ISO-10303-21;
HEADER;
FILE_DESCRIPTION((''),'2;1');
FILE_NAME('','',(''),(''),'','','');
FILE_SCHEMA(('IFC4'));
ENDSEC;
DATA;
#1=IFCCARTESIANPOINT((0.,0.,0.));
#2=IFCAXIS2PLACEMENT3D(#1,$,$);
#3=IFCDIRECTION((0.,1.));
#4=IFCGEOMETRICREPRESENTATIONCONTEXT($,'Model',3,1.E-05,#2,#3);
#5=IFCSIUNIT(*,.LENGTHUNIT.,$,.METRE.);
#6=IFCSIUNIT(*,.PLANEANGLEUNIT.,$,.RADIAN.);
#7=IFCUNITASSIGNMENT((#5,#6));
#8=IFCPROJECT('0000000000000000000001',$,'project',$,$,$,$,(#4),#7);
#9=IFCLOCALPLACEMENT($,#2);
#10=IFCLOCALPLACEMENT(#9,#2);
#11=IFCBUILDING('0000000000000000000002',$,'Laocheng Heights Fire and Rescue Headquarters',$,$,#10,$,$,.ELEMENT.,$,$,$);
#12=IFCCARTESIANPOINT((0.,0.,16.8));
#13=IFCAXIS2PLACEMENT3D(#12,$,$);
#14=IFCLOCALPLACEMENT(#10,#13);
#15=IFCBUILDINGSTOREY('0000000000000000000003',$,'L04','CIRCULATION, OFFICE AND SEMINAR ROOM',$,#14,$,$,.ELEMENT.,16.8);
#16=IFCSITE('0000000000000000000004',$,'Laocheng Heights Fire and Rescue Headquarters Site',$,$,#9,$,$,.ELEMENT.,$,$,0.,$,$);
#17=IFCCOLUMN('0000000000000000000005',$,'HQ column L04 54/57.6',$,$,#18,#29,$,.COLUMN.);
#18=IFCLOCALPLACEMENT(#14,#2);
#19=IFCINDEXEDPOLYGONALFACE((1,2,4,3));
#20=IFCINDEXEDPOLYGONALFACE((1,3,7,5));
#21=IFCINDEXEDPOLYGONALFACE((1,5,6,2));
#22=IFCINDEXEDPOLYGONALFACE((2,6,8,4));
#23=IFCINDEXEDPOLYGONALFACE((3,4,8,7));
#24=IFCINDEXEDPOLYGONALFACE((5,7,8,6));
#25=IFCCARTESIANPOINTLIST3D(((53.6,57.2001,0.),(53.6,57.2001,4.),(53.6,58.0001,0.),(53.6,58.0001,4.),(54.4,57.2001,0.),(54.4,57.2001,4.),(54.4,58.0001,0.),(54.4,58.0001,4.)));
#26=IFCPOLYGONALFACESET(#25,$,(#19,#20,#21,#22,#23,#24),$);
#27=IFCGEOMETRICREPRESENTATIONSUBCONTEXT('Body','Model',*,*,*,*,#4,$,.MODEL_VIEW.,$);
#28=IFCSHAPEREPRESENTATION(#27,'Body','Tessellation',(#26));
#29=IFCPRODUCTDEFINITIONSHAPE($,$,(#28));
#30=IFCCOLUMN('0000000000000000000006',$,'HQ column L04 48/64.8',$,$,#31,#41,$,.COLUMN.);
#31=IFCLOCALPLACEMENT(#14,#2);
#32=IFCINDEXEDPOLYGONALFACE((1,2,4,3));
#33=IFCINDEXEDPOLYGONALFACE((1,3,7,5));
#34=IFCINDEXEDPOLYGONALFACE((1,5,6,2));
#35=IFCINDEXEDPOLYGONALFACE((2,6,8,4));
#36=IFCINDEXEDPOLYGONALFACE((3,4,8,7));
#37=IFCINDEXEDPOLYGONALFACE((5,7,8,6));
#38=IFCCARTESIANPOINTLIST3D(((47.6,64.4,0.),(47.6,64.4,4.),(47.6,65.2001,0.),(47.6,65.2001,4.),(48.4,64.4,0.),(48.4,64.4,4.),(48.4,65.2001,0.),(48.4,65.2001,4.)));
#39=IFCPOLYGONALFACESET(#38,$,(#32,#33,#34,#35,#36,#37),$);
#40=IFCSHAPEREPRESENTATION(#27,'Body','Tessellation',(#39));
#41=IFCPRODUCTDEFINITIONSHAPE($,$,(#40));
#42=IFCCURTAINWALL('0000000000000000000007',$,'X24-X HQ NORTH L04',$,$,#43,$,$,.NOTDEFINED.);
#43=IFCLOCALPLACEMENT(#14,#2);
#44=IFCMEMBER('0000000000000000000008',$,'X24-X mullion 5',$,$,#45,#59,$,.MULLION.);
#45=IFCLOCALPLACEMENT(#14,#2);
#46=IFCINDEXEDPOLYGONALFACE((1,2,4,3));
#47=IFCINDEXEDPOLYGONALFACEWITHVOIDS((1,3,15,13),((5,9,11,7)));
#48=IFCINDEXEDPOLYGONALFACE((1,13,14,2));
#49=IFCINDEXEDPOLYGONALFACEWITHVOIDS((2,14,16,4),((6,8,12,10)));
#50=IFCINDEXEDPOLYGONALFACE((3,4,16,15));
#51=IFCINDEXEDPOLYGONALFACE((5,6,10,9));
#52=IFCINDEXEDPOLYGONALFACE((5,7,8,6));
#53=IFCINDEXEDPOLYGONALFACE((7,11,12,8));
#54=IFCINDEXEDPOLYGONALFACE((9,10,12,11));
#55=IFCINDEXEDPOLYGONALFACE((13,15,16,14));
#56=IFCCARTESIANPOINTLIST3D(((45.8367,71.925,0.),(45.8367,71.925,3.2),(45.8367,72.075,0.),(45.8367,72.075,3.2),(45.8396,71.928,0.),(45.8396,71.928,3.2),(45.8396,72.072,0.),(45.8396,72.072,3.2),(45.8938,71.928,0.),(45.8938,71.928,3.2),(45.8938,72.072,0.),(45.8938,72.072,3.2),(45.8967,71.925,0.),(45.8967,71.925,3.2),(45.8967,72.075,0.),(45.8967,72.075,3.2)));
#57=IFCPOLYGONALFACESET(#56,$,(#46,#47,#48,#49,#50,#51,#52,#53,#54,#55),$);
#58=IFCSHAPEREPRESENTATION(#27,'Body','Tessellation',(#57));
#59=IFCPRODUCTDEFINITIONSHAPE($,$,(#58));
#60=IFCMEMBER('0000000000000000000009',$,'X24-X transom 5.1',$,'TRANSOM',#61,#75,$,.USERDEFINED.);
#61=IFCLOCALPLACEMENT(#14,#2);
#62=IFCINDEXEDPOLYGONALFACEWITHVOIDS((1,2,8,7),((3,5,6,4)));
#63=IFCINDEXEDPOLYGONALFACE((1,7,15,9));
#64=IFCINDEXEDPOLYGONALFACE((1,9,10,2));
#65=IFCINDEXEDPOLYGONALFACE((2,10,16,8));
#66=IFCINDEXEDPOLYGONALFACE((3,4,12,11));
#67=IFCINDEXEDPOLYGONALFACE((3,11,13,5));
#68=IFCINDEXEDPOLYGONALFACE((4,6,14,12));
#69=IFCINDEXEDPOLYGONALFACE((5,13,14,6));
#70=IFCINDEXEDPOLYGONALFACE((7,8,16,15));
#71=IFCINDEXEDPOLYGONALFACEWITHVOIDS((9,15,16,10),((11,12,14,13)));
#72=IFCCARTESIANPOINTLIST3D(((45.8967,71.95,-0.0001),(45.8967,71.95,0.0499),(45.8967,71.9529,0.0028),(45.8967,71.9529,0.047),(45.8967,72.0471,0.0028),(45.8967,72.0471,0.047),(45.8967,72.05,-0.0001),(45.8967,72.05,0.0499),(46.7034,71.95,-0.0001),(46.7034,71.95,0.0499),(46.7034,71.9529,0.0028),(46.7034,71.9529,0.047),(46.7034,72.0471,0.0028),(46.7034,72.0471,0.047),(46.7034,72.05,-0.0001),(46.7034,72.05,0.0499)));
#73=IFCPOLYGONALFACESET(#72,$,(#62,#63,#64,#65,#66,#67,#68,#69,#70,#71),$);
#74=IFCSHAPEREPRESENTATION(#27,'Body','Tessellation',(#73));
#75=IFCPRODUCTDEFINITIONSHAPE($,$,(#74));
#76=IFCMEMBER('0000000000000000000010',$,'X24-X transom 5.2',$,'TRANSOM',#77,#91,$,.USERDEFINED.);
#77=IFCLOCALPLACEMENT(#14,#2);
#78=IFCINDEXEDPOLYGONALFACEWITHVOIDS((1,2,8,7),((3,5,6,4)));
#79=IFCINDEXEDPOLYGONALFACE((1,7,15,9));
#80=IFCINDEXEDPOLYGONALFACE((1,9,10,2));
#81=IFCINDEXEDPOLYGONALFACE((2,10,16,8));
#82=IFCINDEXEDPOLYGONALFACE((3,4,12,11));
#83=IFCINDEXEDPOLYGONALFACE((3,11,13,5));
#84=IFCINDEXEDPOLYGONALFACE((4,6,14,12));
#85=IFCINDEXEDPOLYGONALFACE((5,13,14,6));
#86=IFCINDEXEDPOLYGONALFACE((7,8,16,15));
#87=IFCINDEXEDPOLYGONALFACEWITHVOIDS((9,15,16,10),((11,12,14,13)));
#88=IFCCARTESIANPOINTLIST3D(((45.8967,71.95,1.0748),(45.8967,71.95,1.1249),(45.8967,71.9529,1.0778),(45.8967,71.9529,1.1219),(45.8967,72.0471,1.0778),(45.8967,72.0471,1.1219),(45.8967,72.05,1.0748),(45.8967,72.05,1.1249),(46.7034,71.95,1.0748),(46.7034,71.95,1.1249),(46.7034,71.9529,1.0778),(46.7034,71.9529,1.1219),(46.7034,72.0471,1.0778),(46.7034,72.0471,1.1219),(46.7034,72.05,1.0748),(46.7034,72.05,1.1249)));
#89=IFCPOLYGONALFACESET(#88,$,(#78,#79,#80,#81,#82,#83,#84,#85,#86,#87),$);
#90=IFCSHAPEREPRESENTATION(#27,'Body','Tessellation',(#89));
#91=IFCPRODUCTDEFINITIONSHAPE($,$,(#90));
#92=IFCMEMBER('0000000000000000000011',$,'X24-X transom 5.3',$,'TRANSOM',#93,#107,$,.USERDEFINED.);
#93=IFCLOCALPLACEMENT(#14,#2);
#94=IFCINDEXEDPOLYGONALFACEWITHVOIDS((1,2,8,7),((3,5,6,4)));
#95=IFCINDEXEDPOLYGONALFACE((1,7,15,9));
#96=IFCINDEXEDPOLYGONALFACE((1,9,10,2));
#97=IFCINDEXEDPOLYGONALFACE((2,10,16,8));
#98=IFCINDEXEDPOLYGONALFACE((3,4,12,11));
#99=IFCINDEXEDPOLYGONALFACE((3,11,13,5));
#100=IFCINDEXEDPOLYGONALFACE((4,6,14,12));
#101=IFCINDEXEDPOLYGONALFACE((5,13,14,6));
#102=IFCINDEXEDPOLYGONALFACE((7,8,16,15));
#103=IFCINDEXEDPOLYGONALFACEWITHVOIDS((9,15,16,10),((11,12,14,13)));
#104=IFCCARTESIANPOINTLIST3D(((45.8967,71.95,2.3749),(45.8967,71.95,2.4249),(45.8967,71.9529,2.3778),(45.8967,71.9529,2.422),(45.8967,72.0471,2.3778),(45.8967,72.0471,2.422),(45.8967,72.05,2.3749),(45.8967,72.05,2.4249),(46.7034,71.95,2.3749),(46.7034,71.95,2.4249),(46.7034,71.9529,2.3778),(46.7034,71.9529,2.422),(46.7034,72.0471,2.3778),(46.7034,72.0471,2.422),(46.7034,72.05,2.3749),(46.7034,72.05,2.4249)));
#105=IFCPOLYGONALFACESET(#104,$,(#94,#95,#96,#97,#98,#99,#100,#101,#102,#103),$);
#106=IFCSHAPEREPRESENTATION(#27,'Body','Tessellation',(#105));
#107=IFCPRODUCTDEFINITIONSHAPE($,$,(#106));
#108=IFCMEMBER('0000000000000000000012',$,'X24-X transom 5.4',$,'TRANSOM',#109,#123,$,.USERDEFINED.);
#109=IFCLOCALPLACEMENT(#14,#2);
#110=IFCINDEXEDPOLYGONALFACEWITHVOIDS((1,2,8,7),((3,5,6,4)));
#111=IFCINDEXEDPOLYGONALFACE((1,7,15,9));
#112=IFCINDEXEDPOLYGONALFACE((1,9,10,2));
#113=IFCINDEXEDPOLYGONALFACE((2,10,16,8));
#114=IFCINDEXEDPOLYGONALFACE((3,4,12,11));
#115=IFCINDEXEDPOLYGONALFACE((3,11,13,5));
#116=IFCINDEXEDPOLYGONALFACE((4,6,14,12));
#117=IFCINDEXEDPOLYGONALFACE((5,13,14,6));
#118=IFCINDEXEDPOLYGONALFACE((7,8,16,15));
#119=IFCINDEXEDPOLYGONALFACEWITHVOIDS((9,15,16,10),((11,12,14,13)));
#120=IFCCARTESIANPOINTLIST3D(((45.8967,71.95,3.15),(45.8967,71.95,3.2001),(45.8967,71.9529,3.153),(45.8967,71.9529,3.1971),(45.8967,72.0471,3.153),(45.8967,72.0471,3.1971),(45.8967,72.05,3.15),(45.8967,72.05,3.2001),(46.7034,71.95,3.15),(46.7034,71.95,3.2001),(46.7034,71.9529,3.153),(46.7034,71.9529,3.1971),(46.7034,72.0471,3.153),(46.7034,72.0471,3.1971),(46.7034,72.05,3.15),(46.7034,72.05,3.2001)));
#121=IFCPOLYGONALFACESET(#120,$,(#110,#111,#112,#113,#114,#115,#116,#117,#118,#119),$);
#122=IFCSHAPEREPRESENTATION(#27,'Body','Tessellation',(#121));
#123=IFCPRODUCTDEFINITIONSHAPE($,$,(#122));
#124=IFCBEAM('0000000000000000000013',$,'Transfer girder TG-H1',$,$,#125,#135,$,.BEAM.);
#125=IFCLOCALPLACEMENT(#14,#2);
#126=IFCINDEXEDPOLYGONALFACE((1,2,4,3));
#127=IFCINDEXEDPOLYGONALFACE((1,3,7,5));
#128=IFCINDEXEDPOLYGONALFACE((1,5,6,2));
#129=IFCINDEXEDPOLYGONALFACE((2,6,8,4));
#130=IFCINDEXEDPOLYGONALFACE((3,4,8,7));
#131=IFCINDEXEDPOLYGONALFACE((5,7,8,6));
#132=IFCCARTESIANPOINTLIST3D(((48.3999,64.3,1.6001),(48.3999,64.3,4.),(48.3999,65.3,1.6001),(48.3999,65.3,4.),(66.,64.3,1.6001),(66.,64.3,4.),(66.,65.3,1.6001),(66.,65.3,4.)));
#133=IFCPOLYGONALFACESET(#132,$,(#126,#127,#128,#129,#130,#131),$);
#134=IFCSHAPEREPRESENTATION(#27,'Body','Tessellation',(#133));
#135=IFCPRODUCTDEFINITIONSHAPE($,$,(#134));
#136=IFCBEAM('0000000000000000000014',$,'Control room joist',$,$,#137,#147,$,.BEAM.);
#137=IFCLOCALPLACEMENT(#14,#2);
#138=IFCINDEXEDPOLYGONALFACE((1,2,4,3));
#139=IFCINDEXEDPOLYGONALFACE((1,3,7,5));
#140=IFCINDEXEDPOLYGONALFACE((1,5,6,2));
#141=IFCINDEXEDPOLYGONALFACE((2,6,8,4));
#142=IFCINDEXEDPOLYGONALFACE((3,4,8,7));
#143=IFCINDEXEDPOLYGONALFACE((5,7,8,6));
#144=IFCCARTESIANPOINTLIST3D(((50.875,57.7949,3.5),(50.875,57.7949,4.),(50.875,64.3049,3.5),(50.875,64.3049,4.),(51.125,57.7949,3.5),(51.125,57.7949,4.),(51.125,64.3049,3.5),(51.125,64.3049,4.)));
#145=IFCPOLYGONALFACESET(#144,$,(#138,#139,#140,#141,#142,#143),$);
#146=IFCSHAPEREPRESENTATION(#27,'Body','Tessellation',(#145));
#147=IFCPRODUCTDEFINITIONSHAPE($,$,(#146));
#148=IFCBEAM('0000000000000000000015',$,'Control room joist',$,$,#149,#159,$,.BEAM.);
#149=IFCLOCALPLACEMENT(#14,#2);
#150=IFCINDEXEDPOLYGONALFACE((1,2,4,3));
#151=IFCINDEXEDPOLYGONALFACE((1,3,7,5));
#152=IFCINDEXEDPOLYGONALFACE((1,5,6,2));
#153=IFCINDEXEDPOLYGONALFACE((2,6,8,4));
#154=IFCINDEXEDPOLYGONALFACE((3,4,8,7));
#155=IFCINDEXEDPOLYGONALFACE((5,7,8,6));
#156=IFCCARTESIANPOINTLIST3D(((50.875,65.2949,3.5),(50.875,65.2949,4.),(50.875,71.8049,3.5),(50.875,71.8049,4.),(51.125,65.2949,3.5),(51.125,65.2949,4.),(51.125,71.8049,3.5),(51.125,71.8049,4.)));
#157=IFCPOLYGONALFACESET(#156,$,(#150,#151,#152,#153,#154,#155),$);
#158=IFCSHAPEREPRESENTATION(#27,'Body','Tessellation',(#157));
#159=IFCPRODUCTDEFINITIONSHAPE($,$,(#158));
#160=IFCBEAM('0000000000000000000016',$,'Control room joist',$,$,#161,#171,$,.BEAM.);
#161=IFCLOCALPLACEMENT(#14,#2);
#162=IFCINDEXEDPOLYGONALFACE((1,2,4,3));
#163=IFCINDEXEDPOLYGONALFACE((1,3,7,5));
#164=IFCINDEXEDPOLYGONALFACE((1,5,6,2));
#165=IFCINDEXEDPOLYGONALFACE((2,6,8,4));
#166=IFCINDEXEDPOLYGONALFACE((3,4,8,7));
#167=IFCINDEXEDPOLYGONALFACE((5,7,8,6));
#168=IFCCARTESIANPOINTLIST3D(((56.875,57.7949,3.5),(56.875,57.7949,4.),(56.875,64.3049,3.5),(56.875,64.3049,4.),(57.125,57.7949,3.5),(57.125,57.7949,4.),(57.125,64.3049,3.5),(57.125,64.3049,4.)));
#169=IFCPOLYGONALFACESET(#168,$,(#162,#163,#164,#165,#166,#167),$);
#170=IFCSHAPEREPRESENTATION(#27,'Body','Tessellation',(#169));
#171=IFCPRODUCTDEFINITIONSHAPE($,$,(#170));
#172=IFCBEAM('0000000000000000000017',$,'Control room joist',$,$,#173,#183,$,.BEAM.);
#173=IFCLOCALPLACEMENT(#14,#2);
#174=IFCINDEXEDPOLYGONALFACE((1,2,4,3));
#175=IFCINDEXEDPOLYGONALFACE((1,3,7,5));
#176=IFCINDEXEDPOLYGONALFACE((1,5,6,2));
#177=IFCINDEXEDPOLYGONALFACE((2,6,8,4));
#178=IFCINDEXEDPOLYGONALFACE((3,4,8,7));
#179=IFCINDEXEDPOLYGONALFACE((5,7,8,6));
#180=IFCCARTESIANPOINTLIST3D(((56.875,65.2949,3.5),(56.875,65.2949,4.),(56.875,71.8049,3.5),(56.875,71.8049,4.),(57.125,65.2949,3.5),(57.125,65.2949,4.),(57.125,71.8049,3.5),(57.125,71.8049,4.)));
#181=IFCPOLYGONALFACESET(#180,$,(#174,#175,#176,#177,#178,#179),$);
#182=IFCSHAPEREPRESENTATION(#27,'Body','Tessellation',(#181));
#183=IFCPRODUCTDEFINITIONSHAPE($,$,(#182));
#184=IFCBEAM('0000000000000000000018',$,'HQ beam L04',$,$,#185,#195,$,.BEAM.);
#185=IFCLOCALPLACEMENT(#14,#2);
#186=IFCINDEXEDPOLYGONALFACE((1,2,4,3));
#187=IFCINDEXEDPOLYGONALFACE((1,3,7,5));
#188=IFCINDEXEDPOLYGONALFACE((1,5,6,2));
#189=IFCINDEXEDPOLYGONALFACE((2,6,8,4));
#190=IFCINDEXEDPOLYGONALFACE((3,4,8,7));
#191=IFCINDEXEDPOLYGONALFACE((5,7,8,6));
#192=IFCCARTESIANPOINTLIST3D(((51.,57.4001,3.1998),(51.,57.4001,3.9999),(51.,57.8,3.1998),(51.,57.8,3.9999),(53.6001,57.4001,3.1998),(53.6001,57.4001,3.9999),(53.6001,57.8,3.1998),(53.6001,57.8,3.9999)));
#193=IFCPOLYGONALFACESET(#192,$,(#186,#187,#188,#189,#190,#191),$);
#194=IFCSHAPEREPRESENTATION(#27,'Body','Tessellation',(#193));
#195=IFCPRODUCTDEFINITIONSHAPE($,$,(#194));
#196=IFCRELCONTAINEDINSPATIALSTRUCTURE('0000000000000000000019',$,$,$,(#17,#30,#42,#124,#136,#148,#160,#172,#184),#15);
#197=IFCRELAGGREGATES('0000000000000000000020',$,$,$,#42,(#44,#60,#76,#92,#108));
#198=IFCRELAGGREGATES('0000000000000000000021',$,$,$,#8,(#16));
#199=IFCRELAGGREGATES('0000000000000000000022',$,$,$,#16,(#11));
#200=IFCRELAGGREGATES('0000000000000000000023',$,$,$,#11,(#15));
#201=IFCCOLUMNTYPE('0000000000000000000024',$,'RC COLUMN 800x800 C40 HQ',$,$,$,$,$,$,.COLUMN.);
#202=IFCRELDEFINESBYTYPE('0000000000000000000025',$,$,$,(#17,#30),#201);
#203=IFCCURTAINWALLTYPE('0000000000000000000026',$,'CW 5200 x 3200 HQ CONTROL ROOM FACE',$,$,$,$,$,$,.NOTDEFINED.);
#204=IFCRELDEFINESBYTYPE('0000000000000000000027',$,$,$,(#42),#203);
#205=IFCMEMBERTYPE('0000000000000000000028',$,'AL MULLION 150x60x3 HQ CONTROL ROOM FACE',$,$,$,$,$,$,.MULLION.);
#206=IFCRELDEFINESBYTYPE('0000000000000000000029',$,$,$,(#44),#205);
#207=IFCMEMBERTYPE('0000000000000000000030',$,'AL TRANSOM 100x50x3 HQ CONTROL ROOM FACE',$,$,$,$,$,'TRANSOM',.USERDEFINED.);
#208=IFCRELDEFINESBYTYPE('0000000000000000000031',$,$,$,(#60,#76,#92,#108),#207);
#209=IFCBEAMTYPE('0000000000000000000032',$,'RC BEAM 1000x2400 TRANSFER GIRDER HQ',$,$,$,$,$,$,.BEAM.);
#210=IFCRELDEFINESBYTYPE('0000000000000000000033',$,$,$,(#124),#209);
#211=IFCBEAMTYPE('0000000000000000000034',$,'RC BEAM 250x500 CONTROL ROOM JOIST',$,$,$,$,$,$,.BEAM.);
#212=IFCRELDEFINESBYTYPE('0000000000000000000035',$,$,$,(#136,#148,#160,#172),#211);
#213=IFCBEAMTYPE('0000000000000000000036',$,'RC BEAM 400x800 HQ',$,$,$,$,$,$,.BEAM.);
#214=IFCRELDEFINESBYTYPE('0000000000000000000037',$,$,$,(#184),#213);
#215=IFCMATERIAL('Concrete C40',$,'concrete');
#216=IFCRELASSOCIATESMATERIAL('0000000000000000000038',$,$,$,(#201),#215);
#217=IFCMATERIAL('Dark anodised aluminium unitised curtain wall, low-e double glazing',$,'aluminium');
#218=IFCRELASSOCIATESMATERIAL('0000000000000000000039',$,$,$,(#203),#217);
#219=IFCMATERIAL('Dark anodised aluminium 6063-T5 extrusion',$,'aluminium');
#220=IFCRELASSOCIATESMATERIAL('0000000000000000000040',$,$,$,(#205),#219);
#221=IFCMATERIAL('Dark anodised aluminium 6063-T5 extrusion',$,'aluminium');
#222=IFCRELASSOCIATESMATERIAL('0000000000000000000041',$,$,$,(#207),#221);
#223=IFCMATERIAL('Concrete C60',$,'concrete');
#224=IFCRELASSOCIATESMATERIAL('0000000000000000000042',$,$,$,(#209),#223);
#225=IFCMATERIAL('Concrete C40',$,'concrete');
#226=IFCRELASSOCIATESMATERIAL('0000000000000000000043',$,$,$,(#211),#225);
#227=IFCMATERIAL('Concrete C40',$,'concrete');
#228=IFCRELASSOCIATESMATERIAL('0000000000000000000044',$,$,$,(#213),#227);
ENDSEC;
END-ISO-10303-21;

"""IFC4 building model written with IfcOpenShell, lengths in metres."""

from ifc_helpers import new_model, si_unit, direction, frame, origin, origin_2d, place, context, subcontext, project, spatial, rectangle, hollow_rectangle, extrude, material, material_profile, profile_set, type_object, element, aggregate, save


model = new_model("IFC4")

# Units and contexts
model_context = context("Model", 3, precision=1e-05, world=origin(), true_north=direction((0.0, 1.0)))
body_context = subcontext(model_context, "Body", "Model", "MODEL_VIEW")
ifc_project = project(units=[si_unit("LENGTHUNIT", "METRE"), si_unit("PLANEANGLEUNIT", "RADIAN")], contexts=[model_context])

# Site, building, storey
site_placement = place(None, origin())
site = spatial("IfcSite", under=ifc_project, at=site_placement, Name="Laocheng Heights Fire and Rescue Headquarters Site", CompositionType="ELEMENT", RefElevation=0.0)
building_placement = place(site_placement, origin())
building = spatial("IfcBuilding", under=site, at=building_placement, Name="Laocheng Heights Fire and Rescue Headquarters", CompositionType="ELEMENT")
storey_placement = place(building_placement, frame((0.0, 0.0, 16.8)))
storey = spatial("IfcBuildingStorey", under=building, at=storey_placement, Name="L04", Description="CIRCULATION, OFFICE AND SEMINAR ROOM", CompositionType="ELEMENT", Elevation=16.8)

# Columns
ifc_material_1 = material(Name="Concrete C40", Category="concrete")
ifc_material_profile_1 = material_profile(ifc_material_1, rectangle(XDim=0.8, YDim=0.8, at=origin_2d()), Name="RC COLUMN 800x800 C40 HQ")
ifc_profile_set_1 = profile_set([ifc_material_profile_1], Name="Concrete C40")
column_type = type_object("IfcColumnType", Name="RC COLUMN 800x800 C40 HQ", PredefinedType="COLUMN", material=ifc_profile_set_1)
for number, where, z_axis, x_axis, name in (
    (1, (54.0, 57.6001, 0.0), (0.0, 0.0, 1.0), (1.0, 0.0, 0.0), "HQ column L04 54/57.6"),
    (2, (48.0, 64.8, 0.0), (0.0, 0.0, 1.0), (1.0, 0.0, 0.0), "HQ column L04 48/64.8"),
):
    element("IfcColumn", number, at=place(storey_placement, frame(where, z_axis=z_axis, x_axis=x_axis)), inside=storey, type_object=column_type, Name=name, PredefinedType="COLUMN", context=body_context, shape_type="SweptSolid", body=[
        extrude(rectangle(XDim=0.8, YDim=0.8, at=origin_2d()), origin(), (0.0, 0.0, 1.0), 4.0),
    ])

# Curtain wall, members
ifc_material_2 = material(Name="Dark anodised aluminium unitised curtain wall, low-e double glazing", Category="aluminium")
curtain_wall_type = type_object("IfcCurtainWallType", Name="CW 5200 x 3200 HQ CONTROL ROOM FACE", PredefinedType="NOTDEFINED", material=ifc_material_2)
curtain_wall_placement = place(storey_placement, origin())
curtain_wall = element("IfcCurtainWall", 3, at=curtain_wall_placement, inside=storey, type_object=curtain_wall_type, Name="X24-X HQ NORTH L04", PredefinedType="NOTDEFINED")
ifc_material_3 = material(Name="Dark anodised aluminium 6063-T5 extrusion", Category="aluminium")
ifc_material_profile_2 = material_profile(ifc_material_3, hollow_rectangle(XDim=0.1499, YDim=0.0601, WallThickness=0.0029, at=origin_2d()), Name="AL MULLION 150x60x3 HQ CONTROL ROOM FACE")
ifc_profile_set_2 = profile_set([ifc_material_profile_2], Name="Dark anodised aluminium 6063-T5 extrusion")
member_type_1 = type_object("IfcMemberType", Name="AL MULLION 150x60x3 HQ CONTROL ROOM FACE", PredefinedType="MULLION", material=ifc_profile_set_2)
member_1_placement = place(storey_placement, frame((45.8667, 72.0, 0.0), z_axis=(0.0, 0.0, 1.0), x_axis=(0.0, 1.0, 0.0)))
member_1 = element("IfcMember", 4, at=member_1_placement, type_object=member_type_1, Name="X24-X mullion 5", PredefinedType="MULLION", context=body_context, shape_type="SweptSolid", body=[
    extrude(hollow_rectangle(XDim=0.1499, YDim=0.0601, WallThickness=0.0029, at=origin_2d()), origin(), (0.0, 0.0, 1.0), 3.2),
])
ifc_material_4 = material(Name="Dark anodised aluminium 6063-T5 extrusion", Category="aluminium")
ifc_material_profile_3 = material_profile(ifc_material_4, hollow_rectangle(XDim=0.1001, YDim=0.05, WallThickness=0.0029, at=origin_2d()), Name="AL TRANSOM 100x50x3 HQ CONTROL ROOM FACE")
ifc_profile_set_3 = profile_set([ifc_material_profile_3], Name="Dark anodised aluminium 6063-T5 extrusion")
member_type_2 = type_object("IfcMemberType", Name="AL TRANSOM 100x50x3 HQ CONTROL ROOM FACE", ElementType="TRANSOM", PredefinedType="USERDEFINED", material=ifc_profile_set_3)
member_2_placement = place(storey_placement, frame((45.8967, 72.0, 0.0249), z_axis=(1.0, 0.0, 0.0), x_axis=(0.0, 1.0, 0.0)))
member_2 = element("IfcMember", 5, at=member_2_placement, type_object=member_type_2, Name="X24-X transom 5.1", ObjectType="TRANSOM", PredefinedType="USERDEFINED", context=body_context, shape_type="SweptSolid", body=[
    extrude(hollow_rectangle(XDim=0.1001, YDim=0.05, WallThickness=0.0029, at=origin_2d()), origin(), (0.0, 0.0, 1.0), 0.8066),
])
member_3_placement = place(storey_placement, frame((45.8967, 72.0, 1.0999), z_axis=(1.0, 0.0, 0.0), x_axis=(0.0, 1.0, 0.0)))
member_3 = element("IfcMember", 6, at=member_3_placement, type_object=member_type_2, Name="X24-X transom 5.2", ObjectType="TRANSOM", PredefinedType="USERDEFINED", context=body_context, shape_type="SweptSolid", body=[
    extrude(hollow_rectangle(XDim=0.1001, YDim=0.05, WallThickness=0.0029, at=origin_2d()), origin(), (0.0, 0.0, 1.0), 0.8066),
])
member_4_placement = place(storey_placement, frame((45.8967, 72.0, 2.3999), z_axis=(1.0, 0.0, 0.0), x_axis=(0.0, 1.0, 0.0)))
member_4 = element("IfcMember", 7, at=member_4_placement, type_object=member_type_2, Name="X24-X transom 5.3", ObjectType="TRANSOM", PredefinedType="USERDEFINED", context=body_context, shape_type="SweptSolid", body=[
    extrude(hollow_rectangle(XDim=0.1001, YDim=0.05, WallThickness=0.0029, at=origin_2d()), origin(), (0.0, 0.0, 1.0), 0.8066),
])
member_5_placement = place(storey_placement, frame((45.8967, 72.0, 3.175), z_axis=(1.0, 0.0, 0.0), x_axis=(0.0, 1.0, 0.0)))
member_5 = element("IfcMember", 8, at=member_5_placement, type_object=member_type_2, Name="X24-X transom 5.4", ObjectType="TRANSOM", PredefinedType="USERDEFINED", context=body_context, shape_type="SweptSolid", body=[
    extrude(hollow_rectangle(XDim=0.1001, YDim=0.05, WallThickness=0.0029, at=origin_2d()), origin(), (0.0, 0.0, 1.0), 0.8066),
])
aggregate(curtain_wall, [member_1, member_2, member_3, member_4, member_5])

# Beams
ifc_material_5 = material(Name="Concrete C60", Category="concrete")
ifc_material_profile_4 = material_profile(ifc_material_5, rectangle(XDim=1.0, YDim=2.3999, at=origin_2d()), Name="RC BEAM 1000x2400 TRANSFER GIRDER HQ")
ifc_profile_set_4 = profile_set([ifc_material_profile_4], Name="Concrete C60")
beam_type_1 = type_object("IfcBeamType", Name="RC BEAM 1000x2400 TRANSFER GIRDER HQ", PredefinedType="BEAM", material=ifc_profile_set_4)
beam_1_placement = place(storey_placement, frame((48.3999, 64.8, 2.8), z_axis=(1.0, 0.0, 0.0), x_axis=(0.0, 1.0, 0.0)))
element("IfcBeam", 9, at=beam_1_placement, inside=storey, type_object=beam_type_1, Name="Transfer girder TG-H1", PredefinedType="BEAM", context=body_context, shape_type="SweptSolid", body=[
    extrude(rectangle(XDim=1.0, YDim=2.3999, at=origin_2d()), origin(), (0.0, 0.0, 1.0), 17.6001),
])
ifc_material_6 = material(Name="Concrete C40", Category="concrete")
ifc_material_profile_5 = material_profile(ifc_material_6, rectangle(XDim=0.25, YDim=0.5, at=origin_2d()), Name="RC BEAM 250x500 CONTROL ROOM JOIST")
ifc_profile_set_5 = profile_set([ifc_material_profile_5], Name="Concrete C40")
beam_type_2 = type_object("IfcBeamType", Name="RC BEAM 250x500 CONTROL ROOM JOIST", PredefinedType="BEAM", material=ifc_profile_set_5)
for number, where, z_axis, x_axis, name in (
    (10, (51.0, 57.7949, 3.75), (0.0, 1.0, 0.0), (-1.0, 0.0, 0.0), "Control room joist"),
    (11, (51.0, 65.2949, 3.75), (0.0, 1.0, 0.0), (-1.0, 0.0, 0.0), "Control room joist"),
    (12, (57.0, 57.7949, 3.75), (0.0, 1.0, 0.0), (-1.0, 0.0, 0.0), "Control room joist"),
    (13, (57.0, 65.2949, 3.75), (0.0, 1.0, 0.0), (-1.0, 0.0, 0.0), "Control room joist"),
):
    element("IfcBeam", number, at=place(storey_placement, frame(where, z_axis=z_axis, x_axis=x_axis)), inside=storey, type_object=beam_type_2, Name=name, PredefinedType="BEAM", context=body_context, shape_type="SweptSolid", body=[
        extrude(rectangle(XDim=0.25, YDim=0.5, at=origin_2d()), origin(), (0.0, 0.0, 1.0), 6.51),
    ])
ifc_material_7 = material(Name="Concrete C40", Category="concrete")
ifc_material_profile_6 = material_profile(ifc_material_7, rectangle(XDim=0.3999, YDim=0.8, at=origin_2d()), Name="RC BEAM 400x800 HQ")
ifc_profile_set_6 = profile_set([ifc_material_profile_6], Name="Concrete C40")
beam_type_3 = type_object("IfcBeamType", Name="RC BEAM 400x800 HQ", PredefinedType="BEAM", material=ifc_profile_set_6)
beam_2_placement = place(storey_placement, frame((51.0, 57.6001, 3.5999), z_axis=(1.0, 0.0, 0.0), x_axis=(0.0, 1.0, 0.0)))
element("IfcBeam", 14, at=beam_2_placement, inside=storey, type_object=beam_type_3, Name="HQ beam L04", PredefinedType="BEAM", context=body_context, shape_type="SweptSolid", body=[
    extrude(rectangle(XDim=0.3999, YDim=0.8, at=origin_2d()), origin(), (0.0, 0.0, 1.0), 2.6001),
])

save(model, "model.ifc")
